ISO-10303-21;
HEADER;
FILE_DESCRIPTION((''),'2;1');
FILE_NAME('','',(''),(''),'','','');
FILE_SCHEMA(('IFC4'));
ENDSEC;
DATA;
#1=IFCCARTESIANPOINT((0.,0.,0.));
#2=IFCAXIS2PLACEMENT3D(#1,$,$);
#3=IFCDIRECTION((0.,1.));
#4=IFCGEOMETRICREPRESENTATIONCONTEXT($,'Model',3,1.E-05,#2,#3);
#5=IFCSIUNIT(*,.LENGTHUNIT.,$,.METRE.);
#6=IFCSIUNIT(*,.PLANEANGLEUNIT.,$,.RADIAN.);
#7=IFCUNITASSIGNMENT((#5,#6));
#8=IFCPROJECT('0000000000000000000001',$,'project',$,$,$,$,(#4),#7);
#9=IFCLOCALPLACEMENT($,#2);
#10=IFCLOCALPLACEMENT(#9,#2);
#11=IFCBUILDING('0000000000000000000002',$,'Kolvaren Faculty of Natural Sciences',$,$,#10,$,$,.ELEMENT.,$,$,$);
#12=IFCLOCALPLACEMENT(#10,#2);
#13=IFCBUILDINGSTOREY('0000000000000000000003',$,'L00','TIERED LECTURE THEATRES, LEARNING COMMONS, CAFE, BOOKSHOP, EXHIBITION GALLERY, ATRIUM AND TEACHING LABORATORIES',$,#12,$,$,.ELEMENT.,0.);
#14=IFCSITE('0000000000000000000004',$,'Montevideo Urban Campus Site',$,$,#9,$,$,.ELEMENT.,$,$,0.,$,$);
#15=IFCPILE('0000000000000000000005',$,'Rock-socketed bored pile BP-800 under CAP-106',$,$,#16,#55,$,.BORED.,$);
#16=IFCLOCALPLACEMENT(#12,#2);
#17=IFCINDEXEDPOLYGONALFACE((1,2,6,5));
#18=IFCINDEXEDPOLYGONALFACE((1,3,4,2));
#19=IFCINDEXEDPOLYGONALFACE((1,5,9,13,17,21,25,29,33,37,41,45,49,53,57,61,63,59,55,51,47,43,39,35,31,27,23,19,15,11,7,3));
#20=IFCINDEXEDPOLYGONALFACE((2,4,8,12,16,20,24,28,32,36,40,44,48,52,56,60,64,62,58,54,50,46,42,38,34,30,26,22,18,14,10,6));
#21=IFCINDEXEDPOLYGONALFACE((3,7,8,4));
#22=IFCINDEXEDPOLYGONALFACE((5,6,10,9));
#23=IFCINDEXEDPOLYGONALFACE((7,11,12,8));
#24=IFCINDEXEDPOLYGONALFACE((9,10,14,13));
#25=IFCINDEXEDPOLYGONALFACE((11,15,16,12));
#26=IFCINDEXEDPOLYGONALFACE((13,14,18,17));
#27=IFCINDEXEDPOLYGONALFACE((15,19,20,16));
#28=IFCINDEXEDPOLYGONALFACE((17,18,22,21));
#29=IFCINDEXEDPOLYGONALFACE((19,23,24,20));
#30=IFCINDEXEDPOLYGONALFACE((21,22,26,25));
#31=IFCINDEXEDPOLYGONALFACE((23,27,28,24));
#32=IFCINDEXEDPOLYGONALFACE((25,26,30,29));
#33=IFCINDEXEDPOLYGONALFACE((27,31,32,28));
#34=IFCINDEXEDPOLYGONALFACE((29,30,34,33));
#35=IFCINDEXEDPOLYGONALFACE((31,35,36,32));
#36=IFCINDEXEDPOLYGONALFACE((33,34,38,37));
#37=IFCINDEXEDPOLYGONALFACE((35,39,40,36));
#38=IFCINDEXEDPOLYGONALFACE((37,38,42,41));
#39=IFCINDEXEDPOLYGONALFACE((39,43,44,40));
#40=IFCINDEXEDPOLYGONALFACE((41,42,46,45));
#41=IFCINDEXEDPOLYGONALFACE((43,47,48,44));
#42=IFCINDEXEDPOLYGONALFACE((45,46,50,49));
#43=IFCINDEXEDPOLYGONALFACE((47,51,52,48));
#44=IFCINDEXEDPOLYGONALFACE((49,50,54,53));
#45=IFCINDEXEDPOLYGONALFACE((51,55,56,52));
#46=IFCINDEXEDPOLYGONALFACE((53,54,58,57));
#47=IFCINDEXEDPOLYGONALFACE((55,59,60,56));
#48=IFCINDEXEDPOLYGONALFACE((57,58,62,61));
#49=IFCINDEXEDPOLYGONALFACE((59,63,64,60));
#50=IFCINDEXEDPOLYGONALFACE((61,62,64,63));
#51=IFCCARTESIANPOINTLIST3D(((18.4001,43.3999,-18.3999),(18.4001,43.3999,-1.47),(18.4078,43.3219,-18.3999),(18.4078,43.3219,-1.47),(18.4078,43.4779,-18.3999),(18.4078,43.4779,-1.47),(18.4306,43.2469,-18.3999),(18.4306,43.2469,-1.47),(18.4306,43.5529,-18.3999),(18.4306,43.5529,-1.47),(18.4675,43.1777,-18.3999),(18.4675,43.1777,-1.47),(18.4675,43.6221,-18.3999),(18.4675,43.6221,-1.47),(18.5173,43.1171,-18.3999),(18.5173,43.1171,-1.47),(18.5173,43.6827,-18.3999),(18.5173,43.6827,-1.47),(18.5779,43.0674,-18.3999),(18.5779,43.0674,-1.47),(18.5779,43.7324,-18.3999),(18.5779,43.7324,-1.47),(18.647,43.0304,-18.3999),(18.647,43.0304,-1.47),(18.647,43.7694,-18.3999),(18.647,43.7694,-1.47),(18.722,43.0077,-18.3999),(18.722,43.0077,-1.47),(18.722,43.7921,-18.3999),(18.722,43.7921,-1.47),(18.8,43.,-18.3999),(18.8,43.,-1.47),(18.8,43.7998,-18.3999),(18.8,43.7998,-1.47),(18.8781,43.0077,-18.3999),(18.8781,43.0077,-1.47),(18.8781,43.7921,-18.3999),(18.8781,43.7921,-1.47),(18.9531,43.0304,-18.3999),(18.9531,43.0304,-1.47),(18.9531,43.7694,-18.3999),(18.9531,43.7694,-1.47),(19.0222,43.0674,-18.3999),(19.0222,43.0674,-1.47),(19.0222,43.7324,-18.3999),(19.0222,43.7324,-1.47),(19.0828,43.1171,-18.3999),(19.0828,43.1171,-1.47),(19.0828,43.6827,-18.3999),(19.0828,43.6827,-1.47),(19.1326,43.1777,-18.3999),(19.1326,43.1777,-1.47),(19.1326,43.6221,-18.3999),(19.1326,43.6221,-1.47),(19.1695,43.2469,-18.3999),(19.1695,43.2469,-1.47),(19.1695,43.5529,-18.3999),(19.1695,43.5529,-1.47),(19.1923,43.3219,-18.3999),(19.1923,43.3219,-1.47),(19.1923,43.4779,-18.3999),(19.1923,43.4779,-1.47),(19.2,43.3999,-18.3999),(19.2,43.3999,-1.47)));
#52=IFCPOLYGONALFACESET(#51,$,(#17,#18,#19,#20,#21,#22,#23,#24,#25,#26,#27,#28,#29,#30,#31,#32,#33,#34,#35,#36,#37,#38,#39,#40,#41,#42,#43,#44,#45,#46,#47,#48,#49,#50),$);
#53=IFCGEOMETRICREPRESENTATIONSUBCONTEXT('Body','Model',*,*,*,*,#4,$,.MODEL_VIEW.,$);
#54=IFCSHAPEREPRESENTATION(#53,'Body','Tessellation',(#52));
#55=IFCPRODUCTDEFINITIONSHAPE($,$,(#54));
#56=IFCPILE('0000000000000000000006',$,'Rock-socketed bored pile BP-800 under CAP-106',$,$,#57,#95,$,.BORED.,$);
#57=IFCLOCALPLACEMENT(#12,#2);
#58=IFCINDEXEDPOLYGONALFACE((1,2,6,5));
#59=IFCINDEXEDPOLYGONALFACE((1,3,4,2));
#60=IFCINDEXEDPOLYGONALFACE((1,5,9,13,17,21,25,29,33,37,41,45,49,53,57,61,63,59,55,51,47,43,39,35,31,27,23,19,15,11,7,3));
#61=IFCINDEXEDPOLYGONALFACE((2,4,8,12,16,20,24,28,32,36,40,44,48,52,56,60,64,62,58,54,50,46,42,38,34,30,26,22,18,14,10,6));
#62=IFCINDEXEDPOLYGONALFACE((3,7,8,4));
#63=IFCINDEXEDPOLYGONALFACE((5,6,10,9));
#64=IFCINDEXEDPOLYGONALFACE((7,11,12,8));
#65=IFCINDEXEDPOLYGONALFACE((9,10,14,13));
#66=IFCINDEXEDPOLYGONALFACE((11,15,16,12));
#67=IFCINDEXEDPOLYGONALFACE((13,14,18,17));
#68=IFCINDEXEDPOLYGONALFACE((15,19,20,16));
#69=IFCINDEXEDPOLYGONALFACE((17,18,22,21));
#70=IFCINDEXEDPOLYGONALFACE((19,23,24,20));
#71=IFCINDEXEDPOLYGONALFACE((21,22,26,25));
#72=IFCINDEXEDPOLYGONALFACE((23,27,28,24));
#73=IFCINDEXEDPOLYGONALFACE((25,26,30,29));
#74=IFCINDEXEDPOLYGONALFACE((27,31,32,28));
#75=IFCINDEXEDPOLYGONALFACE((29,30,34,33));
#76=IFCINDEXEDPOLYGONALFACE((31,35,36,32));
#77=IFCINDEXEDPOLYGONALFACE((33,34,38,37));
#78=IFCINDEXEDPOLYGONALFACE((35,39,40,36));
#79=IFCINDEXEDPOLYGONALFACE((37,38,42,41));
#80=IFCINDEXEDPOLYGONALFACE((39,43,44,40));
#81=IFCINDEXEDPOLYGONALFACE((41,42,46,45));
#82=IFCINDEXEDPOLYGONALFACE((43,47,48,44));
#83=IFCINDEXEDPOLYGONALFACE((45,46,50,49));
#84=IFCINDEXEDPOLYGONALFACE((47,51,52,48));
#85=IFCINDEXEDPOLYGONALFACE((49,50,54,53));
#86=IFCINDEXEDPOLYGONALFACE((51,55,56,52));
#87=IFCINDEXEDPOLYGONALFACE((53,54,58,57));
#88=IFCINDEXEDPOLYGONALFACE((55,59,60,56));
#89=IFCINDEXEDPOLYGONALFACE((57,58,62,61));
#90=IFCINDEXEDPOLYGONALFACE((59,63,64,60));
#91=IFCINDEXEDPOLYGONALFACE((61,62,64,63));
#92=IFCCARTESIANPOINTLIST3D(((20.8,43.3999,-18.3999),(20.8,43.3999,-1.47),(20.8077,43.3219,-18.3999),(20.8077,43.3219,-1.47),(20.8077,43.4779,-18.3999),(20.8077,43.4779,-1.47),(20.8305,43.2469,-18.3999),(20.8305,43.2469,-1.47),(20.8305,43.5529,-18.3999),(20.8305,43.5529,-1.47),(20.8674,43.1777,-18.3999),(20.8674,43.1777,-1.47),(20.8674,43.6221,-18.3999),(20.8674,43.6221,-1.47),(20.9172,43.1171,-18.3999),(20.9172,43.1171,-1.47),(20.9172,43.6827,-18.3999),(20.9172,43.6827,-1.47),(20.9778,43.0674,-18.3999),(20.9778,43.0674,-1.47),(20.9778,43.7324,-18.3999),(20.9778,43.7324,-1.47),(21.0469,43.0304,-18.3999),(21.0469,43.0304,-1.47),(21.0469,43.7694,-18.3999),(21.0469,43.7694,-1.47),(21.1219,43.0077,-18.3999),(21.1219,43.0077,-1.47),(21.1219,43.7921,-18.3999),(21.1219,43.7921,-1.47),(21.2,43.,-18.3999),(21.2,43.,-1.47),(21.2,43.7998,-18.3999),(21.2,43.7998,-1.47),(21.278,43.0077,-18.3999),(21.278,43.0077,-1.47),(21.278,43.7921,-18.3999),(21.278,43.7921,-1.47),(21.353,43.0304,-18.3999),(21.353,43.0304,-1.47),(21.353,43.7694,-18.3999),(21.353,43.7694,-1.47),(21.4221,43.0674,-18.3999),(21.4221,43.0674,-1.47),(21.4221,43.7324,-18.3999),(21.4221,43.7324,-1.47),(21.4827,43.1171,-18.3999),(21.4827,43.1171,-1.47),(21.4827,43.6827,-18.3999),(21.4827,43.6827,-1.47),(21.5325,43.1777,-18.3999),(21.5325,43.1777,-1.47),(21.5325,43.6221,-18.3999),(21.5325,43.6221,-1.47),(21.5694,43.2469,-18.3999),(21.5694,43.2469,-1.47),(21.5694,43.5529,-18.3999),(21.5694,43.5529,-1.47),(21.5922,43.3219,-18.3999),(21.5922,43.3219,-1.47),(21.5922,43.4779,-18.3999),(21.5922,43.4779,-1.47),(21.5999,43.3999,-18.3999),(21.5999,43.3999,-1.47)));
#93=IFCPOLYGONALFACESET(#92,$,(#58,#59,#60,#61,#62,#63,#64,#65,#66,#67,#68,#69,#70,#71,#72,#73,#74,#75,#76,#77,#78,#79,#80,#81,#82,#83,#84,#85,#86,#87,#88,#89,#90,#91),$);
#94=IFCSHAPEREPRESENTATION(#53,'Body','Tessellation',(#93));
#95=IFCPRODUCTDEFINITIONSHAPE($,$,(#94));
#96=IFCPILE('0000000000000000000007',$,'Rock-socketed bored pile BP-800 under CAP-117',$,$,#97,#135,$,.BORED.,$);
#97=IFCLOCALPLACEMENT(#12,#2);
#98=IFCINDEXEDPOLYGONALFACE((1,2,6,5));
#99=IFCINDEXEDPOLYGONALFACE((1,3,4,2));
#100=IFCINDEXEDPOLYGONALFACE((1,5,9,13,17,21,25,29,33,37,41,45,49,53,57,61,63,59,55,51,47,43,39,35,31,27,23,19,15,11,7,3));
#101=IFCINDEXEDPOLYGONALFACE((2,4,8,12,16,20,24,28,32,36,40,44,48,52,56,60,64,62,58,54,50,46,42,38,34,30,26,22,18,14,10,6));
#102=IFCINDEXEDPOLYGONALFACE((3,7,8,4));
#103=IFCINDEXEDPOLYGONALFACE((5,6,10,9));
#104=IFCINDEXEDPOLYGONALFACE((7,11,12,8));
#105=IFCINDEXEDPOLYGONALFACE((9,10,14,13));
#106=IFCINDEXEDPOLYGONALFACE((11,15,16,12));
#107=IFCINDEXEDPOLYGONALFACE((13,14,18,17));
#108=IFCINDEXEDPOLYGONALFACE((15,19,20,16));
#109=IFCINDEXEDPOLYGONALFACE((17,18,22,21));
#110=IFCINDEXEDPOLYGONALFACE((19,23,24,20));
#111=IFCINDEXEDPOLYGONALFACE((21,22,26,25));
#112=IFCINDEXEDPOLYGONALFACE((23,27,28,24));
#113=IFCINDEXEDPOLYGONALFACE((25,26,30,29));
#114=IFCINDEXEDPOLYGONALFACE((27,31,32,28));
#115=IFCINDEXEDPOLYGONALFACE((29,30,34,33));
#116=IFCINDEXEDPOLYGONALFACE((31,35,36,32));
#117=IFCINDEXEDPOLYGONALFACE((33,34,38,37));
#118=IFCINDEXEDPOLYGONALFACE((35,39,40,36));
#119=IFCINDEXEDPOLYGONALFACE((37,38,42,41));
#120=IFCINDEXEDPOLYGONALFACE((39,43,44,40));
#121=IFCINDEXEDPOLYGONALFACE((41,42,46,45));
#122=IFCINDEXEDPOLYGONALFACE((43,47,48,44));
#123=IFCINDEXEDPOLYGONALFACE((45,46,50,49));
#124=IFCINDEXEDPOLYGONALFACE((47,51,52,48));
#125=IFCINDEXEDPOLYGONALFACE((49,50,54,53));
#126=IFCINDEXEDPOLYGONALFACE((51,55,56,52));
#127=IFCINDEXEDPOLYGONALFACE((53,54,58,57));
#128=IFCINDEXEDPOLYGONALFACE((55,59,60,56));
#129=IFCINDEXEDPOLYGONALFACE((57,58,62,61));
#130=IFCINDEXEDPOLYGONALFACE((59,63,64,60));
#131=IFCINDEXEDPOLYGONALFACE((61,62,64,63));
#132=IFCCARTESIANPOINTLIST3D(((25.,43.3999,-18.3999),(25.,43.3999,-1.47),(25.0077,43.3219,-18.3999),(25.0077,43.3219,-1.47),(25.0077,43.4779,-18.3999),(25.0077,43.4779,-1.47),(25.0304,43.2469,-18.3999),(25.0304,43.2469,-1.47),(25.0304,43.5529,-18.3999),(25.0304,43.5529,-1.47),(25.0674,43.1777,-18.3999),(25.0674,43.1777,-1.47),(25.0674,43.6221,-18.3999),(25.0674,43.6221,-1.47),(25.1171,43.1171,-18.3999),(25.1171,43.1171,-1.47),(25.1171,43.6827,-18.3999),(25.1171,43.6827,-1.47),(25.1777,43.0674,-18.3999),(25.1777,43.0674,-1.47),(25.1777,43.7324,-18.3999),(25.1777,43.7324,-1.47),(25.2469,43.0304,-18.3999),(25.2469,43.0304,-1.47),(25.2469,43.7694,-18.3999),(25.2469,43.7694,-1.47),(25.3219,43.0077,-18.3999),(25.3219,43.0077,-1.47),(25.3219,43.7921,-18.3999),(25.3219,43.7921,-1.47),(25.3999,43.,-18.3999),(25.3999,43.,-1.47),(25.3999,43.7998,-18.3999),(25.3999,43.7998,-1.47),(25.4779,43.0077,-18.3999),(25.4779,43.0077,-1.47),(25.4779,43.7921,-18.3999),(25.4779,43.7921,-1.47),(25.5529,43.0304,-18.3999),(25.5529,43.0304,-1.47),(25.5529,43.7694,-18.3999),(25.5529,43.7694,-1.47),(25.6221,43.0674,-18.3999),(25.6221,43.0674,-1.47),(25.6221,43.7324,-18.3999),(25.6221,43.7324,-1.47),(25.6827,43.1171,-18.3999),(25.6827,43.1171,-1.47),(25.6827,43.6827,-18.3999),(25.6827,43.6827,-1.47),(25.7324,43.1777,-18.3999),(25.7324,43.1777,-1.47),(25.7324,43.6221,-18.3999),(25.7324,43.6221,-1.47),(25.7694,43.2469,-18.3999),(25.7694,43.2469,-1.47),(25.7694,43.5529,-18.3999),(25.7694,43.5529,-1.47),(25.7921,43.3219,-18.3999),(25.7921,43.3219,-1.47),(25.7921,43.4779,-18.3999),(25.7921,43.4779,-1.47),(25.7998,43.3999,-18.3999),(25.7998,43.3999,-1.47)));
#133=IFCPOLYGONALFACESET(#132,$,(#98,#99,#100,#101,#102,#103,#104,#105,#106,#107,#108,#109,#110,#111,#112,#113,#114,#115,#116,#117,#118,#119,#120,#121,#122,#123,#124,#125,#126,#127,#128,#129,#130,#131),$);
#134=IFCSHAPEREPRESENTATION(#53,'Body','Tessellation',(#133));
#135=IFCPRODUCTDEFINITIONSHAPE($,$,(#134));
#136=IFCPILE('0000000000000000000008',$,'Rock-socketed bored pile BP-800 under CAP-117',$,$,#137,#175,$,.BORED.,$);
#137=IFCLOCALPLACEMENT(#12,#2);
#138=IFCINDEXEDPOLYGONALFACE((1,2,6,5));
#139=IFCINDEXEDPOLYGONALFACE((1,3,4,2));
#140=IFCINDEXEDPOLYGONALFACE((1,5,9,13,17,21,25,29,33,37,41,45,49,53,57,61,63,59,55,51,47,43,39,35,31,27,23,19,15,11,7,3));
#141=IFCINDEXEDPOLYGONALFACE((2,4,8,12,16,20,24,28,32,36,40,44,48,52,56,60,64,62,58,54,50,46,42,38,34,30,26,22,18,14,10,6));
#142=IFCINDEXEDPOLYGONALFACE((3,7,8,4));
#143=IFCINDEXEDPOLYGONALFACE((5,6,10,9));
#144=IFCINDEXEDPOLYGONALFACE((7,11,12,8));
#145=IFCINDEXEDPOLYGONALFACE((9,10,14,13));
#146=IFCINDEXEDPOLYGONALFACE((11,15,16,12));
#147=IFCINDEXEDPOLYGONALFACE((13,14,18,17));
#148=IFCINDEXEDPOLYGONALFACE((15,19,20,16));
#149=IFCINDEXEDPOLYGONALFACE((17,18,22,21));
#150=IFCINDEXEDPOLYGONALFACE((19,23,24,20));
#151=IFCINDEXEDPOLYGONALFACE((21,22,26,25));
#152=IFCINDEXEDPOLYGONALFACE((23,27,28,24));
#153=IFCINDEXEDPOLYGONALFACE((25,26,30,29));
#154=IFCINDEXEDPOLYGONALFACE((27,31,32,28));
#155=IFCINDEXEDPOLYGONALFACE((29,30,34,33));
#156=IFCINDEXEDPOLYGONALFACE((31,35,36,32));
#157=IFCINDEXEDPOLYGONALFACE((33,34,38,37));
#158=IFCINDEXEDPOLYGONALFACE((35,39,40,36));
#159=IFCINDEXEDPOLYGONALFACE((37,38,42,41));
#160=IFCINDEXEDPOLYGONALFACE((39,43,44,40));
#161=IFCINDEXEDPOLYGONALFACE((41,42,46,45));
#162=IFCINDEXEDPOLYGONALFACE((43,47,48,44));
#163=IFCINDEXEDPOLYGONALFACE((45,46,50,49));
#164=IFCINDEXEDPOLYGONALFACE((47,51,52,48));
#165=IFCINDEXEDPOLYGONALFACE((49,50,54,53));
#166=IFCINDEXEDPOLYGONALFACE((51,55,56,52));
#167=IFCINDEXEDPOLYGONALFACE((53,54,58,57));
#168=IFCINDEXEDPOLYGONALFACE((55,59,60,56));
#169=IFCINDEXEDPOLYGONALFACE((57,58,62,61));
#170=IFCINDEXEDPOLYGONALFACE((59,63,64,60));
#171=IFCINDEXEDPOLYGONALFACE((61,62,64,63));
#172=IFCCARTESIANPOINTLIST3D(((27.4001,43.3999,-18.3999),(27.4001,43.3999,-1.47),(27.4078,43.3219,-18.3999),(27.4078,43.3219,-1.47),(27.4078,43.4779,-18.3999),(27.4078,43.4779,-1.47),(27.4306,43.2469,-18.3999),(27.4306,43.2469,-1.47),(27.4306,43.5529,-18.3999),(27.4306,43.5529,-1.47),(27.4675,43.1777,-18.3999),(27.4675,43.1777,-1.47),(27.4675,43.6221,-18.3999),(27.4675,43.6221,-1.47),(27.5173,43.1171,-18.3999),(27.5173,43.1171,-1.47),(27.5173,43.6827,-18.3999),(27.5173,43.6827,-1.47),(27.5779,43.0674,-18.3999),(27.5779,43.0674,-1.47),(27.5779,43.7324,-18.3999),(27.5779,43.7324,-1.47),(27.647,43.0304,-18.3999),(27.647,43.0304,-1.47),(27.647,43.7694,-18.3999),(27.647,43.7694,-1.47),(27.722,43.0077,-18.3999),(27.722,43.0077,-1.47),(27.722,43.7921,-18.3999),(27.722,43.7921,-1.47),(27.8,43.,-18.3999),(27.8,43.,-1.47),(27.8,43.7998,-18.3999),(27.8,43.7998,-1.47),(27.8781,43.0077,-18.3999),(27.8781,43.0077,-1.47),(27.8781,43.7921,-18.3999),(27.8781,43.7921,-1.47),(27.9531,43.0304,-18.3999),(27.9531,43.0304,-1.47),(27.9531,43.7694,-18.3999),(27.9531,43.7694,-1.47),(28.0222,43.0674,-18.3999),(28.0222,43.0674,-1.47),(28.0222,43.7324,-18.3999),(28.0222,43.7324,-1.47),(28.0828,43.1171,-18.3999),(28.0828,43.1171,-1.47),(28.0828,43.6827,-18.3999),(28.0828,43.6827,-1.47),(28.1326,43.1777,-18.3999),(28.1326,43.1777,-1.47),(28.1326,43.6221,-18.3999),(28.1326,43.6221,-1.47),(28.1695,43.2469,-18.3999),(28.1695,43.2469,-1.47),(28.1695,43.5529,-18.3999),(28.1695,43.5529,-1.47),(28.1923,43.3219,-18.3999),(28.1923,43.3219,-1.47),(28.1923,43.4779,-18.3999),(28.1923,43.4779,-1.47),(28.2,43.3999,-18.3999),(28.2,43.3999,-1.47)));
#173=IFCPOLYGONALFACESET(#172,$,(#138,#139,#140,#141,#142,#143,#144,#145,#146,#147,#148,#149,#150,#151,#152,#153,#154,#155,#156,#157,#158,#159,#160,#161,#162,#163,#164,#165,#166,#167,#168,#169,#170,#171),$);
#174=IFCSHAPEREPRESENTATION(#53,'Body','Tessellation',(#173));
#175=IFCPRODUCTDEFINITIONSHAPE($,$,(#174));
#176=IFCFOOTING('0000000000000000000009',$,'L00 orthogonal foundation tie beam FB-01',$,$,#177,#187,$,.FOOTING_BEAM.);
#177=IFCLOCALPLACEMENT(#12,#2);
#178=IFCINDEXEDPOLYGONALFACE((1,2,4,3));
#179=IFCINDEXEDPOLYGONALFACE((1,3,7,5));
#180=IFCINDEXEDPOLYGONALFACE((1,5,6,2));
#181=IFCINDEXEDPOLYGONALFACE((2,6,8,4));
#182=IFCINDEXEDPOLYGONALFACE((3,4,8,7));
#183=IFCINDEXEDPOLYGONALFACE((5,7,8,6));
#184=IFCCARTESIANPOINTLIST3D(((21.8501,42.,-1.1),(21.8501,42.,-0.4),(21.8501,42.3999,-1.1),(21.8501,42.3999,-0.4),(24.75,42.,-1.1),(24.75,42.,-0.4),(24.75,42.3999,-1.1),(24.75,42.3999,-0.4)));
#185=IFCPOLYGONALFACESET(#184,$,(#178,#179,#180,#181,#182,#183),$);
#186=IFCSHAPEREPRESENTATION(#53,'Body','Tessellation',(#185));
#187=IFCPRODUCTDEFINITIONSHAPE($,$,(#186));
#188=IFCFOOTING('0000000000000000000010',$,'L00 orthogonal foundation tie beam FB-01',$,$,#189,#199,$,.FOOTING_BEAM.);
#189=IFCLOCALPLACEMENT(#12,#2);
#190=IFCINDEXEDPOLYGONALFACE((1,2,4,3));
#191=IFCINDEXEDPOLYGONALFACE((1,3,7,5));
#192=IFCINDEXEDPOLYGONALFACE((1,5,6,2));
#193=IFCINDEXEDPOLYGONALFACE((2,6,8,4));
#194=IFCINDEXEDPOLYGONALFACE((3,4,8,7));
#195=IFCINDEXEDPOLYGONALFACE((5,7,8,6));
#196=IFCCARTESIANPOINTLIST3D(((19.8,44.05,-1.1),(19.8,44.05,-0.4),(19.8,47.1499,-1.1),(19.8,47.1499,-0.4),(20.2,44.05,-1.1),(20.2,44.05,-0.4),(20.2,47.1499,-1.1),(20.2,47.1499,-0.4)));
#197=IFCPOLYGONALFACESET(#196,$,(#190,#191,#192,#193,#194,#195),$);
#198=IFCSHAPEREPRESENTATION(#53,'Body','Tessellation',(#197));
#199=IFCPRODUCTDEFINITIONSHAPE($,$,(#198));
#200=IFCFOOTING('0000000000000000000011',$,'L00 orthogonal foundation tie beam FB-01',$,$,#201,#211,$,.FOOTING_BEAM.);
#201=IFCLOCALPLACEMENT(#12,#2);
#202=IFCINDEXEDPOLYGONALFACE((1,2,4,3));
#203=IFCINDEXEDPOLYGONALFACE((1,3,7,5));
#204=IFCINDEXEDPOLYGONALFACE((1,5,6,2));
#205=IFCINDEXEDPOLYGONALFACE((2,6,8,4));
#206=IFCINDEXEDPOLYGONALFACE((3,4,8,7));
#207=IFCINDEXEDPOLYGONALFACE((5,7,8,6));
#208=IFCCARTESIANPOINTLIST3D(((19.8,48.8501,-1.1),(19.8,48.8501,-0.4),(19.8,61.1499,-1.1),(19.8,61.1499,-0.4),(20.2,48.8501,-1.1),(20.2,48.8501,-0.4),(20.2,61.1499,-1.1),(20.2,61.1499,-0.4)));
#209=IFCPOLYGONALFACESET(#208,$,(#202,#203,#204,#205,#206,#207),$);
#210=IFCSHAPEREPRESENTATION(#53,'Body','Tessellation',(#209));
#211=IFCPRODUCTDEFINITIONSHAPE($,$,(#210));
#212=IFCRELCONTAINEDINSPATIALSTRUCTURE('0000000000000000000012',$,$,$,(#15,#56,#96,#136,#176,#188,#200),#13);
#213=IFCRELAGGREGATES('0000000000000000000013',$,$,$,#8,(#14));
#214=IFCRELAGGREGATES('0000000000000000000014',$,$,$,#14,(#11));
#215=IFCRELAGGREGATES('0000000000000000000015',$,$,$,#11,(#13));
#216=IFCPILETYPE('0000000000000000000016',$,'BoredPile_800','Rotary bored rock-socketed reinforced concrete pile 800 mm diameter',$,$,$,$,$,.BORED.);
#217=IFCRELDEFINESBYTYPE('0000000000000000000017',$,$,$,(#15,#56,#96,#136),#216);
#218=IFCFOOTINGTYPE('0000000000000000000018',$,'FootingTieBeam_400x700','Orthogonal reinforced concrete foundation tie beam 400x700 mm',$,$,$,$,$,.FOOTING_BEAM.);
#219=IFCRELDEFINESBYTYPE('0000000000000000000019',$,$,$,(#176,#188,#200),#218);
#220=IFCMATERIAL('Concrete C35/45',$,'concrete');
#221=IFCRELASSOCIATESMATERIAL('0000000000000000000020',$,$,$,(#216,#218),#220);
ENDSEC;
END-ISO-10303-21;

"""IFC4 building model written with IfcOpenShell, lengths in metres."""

from ifc_helpers import new_model, si_unit, direction, frame, origin, origin_2d, place, context, subcontext, project, spatial, rectangle, circle, extrude, material, material_profile, profile_set, type_object, element, save


model = new_model("IFC4")

# Units and contexts
model_context = context("Model", 3, precision=1e-05, world=origin(), true_north=direction((0.0, 1.0)))
body_context = subcontext(model_context, "Body", "Model", "MODEL_VIEW")
ifc_project = project(units=[si_unit("LENGTHUNIT", "METRE"), si_unit("PLANEANGLEUNIT", "RADIAN")], contexts=[model_context])

# Site, building, storey
site_placement = place(None, origin())
site = spatial("IfcSite", under=ifc_project, at=site_placement, Name="Montevideo Urban Campus Site", CompositionType="ELEMENT", RefElevation=0.0)
building_placement = place(site_placement, origin())
building = spatial("IfcBuilding", under=site, at=building_placement, Name="Kolvaren Faculty of Natural Sciences", CompositionType="ELEMENT")
storey_placement = place(building_placement, origin())
storey = spatial("IfcBuildingStorey", under=building, at=storey_placement, Name="L00", Description="TIERED LECTURE THEATRES, LEARNING COMMONS, CAFE, BOOKSHOP, EXHIBITION GALLERY, ATRIUM AND TEACHING LABORATORIES", CompositionType="ELEMENT", Elevation=0.0)

# Piles
ifc_material_1 = material(Name="Concrete C35/45", Category="concrete")
ifc_material_profile_1 = material_profile(ifc_material_1, circle(Radius=0.3999, at=origin_2d()), Name="PILE D800")
ifc_profile_set_1 = profile_set([ifc_material_profile_1], Name="Concrete C35/45")
pile_type_1 = type_object("IfcPileType", Name="BoredPile_800", Description="Rotary bored rock-socketed reinforced concrete pile 800 mm diameter", PredefinedType="BORED", material=ifc_profile_set_1)
for number, where, z_axis, x_axis, name in (
    (1, (18.8, 43.3999, -1.47), (0.0, 0.0, -1.0), (1.0, 0.0, 0.0), "Rock-socketed bored pile BP-800 under CAP-106"),
    (2, (21.2, 43.3999, -1.47), (0.0, 0.0, -1.0), (1.0, 0.0, 0.0), "Rock-socketed bored pile BP-800 under CAP-106"),
    (3, (25.3999, 43.3999, -1.47), (0.0, 0.0, -1.0), (1.0, 0.0, 0.0), "Rock-socketed bored pile BP-800 under CAP-117"),
    (4, (27.8, 43.3999, -1.47), (0.0, 0.0, -1.0), (1.0, 0.0, 0.0), "Rock-socketed bored pile BP-800 under CAP-117"),
):
    element("IfcPile", number, at=place(storey_placement, frame(where, z_axis=z_axis, x_axis=x_axis)), inside=storey, type_object=pile_type_1, Name=name, PredefinedType="BORED", context=body_context, shape_type="SweptSolid", body=[
        extrude(circle(Radius=0.3999, at=origin_2d()), origin(), (0.0, 0.0, 1.0), 16.9299),
    ])

# Footings
ifc_material_profile_2 = material_profile(ifc_material_1, rectangle(XDim=0.3999, YDim=0.7, at=origin_2d()), Name="RC FB 400x700")
ifc_profile_set_2 = profile_set([ifc_material_profile_2], Name="Concrete C35/45")
footing_type_1 = type_object("IfcFootingType", Name="FootingTieBeam_400x700", Description="Orthogonal reinforced concrete foundation tie beam 400x700 mm", PredefinedType="FOOTING_BEAM", material=ifc_profile_set_2)
footing_1_placement = place(storey_placement, frame((21.8501, 42.2, -0.75), z_axis=(1.0, 0.0, 0.0), x_axis=(0.0, 1.0, 0.0)))
element("IfcFooting", 5, at=footing_1_placement, inside=storey, type_object=footing_type_1, Name="L00 orthogonal foundation tie beam FB-01", PredefinedType="FOOTING_BEAM", context=body_context, shape_type="SweptSolid", body=[
    extrude(rectangle(XDim=0.3999, YDim=0.7, at=origin_2d()), origin(), (0.0, 0.0, 1.0), 2.8999),
])
footing_2_placement = place(storey_placement, frame((20.0, 44.05, -0.75), z_axis=(0.0, 1.0, 0.0), x_axis=(-1.0, 0.0, 0.0)))
element("IfcFooting", 6, at=footing_2_placement, inside=storey, type_object=footing_type_1, Name="L00 orthogonal foundation tie beam FB-01", PredefinedType="FOOTING_BEAM", context=body_context, shape_type="SweptSolid", body=[
    extrude(rectangle(XDim=0.3999, YDim=0.7, at=origin_2d()), origin(), (0.0, 0.0, 1.0), 3.0999),
])
footing_3_placement = place(storey_placement, frame((20.0, 48.8501, -0.75), z_axis=(0.0, 1.0, 0.0), x_axis=(-1.0, 0.0, 0.0)))
element("IfcFooting", 7, at=footing_3_placement, inside=storey, type_object=footing_type_1, Name="L00 orthogonal foundation tie beam FB-01", PredefinedType="FOOTING_BEAM", context=body_context, shape_type="SweptSolid", body=[
    extrude(rectangle(XDim=0.3999, YDim=0.7, at=origin_2d()), origin(), (0.0, 0.0, 1.0), 12.2998),
])

save(model, "model.ifc")
